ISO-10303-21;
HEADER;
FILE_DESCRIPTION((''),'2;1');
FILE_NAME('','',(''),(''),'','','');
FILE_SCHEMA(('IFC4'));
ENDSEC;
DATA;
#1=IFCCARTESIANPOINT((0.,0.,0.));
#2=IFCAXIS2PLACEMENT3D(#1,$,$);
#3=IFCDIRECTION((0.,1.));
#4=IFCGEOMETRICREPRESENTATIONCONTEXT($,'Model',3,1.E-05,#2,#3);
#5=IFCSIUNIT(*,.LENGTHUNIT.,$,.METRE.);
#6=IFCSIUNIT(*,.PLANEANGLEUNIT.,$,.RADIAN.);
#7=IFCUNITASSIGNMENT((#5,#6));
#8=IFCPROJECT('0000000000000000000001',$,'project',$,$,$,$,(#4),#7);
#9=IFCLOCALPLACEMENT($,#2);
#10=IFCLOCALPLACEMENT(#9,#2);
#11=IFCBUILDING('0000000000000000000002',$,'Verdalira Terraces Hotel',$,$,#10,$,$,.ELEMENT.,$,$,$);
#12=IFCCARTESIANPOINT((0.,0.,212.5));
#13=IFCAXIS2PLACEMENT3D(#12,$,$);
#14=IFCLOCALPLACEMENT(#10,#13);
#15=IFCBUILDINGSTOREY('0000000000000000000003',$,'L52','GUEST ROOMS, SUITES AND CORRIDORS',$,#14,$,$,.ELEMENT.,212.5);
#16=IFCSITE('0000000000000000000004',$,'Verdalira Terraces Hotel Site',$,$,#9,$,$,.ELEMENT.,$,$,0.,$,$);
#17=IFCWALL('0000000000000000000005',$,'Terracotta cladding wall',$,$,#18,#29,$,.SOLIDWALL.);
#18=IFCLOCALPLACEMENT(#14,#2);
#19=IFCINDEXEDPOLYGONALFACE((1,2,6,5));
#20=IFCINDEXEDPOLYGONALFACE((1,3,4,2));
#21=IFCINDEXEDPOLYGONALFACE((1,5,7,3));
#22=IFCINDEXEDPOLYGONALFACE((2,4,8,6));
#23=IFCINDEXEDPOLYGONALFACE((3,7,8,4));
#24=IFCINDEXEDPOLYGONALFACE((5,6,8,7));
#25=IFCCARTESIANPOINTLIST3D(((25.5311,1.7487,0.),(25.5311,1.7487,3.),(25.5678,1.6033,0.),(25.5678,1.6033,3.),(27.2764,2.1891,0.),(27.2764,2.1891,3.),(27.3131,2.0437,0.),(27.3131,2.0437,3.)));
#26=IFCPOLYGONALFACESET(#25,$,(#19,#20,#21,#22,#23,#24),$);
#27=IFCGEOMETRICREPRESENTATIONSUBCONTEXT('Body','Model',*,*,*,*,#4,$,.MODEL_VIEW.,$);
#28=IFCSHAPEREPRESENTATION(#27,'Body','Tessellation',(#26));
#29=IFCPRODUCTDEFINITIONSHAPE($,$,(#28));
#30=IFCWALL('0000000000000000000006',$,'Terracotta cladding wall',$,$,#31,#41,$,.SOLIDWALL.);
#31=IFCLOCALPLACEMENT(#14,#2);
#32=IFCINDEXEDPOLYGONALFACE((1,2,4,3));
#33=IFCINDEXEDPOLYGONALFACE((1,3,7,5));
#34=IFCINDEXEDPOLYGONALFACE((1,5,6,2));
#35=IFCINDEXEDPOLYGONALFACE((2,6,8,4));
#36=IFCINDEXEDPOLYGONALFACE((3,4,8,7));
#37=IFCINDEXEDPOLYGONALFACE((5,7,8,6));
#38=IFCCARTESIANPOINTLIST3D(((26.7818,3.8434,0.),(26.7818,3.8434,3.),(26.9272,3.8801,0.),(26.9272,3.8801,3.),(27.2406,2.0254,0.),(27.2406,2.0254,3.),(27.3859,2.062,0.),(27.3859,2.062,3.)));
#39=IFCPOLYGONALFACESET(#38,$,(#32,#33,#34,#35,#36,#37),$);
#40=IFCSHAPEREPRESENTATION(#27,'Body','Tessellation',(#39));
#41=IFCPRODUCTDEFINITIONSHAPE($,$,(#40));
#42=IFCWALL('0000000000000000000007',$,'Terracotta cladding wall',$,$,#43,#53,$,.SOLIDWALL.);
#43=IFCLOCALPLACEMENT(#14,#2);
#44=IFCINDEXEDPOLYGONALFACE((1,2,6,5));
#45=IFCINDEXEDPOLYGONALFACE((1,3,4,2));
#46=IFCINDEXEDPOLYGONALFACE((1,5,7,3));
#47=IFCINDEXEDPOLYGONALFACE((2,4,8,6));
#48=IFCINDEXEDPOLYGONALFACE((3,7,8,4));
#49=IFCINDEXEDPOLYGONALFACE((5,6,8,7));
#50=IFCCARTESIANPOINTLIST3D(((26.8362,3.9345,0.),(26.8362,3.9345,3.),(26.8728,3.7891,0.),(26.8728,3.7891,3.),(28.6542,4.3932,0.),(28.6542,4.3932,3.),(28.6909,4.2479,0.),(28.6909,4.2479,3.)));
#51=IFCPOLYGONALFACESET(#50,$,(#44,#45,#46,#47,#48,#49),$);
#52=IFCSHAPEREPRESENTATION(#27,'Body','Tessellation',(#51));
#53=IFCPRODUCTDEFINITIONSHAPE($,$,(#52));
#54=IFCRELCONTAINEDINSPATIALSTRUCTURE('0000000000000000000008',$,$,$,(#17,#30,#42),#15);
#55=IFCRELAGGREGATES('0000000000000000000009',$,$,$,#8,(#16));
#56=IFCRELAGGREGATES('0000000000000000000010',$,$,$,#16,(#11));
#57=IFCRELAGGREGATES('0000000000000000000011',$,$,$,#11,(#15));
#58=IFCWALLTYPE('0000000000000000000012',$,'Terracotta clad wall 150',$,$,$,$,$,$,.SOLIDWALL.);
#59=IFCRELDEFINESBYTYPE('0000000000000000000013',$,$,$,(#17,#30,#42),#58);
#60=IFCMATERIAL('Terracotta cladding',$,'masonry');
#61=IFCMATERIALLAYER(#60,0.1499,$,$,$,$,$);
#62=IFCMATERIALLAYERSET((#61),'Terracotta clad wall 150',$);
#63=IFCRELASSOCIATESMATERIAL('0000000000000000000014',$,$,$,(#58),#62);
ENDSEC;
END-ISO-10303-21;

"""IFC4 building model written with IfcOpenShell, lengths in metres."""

from ifc_helpers import new_model, si_unit, direction, frame, frame_2d, origin, place, context, subcontext, project, spatial, rectangle, extrude, material, layer, layer_set, type_object, element, save


model = new_model("IFC4")

# Units and contexts
model_context = context("Model", 3, precision=1e-05, world=origin(), true_north=direction((0.0, 1.0)))
body_context = subcontext(model_context, "Body", "Model", "MODEL_VIEW")
ifc_project = project(units=[si_unit("LENGTHUNIT", "METRE"), si_unit("PLANEANGLEUNIT", "RADIAN")], contexts=[model_context])

# Site, building, storey
site_placement = place(None, origin())
site = spatial("IfcSite", under=ifc_project, at=site_placement, Name="Verdalira Terraces Hotel Site", CompositionType="ELEMENT", RefElevation=0.0)
building_placement = place(site_placement, origin())
building = spatial("IfcBuilding", under=site, at=building_placement, Name="Verdalira Terraces Hotel", CompositionType="ELEMENT")
storey_placement = place(building_placement, frame((0.0, 0.0, 212.5)))
storey = spatial("IfcBuildingStorey", under=building, at=storey_placement, Name="L52", Description="GUEST ROOMS, SUITES AND CORRIDORS", CompositionType="ELEMENT", Elevation=212.5)

# Walls
ifc_material_1 = material(Name="Terracotta cladding", Category="masonry")
ifc_layer_1 = layer(ifc_material_1, 0.1499)
ifc_layer_set_1 = layer_set([ifc_layer_1], Name="Terracotta clad wall 150")
wall_type_1 = type_object("IfcWallType", Name="Terracotta clad wall 150", PredefinedType="SOLIDWALL", material=ifc_layer_set_1)
wall_1_placement = place(storey_placement, frame((25.5496, 1.676, 0.0), z_axis=(0.0, 0.0, 1.0), x_axis=(0.969606, 0.244673, 0.0)))
element("IfcWall", 1, at=wall_1_placement, inside=storey, type_object=wall_type_1, Name="Terracotta cladding wall", PredefinedType="SOLIDWALL", context=body_context, shape_type="SweptSolid", body=[
    extrude(rectangle(XDim=1.8, YDim=0.1499, at=frame_2d((0.8999, 0.0))), origin(), (0.0, 0.0, 1.0), 3.0),
])
for number, where, z_axis, x_axis, name in (
    (2, (27.3132, 2.0437, 0.0), (0.0, 0.0, 1.0), (-0.244649, 0.969612, 0.0), "Terracotta cladding wall"),
    (3, (26.8545, 3.8618, 0.0), (0.0, 0.0, 1.0), (0.969612, 0.244649, 0.0), "Terracotta cladding wall"),
):
    element("IfcWall", number, at=place(storey_placement, frame(where, z_axis=z_axis, x_axis=x_axis)), inside=storey, type_object=wall_type_1, Name=name, PredefinedType="SOLIDWALL", context=body_context, shape_type="SweptSolid", body=[
        extrude(rectangle(XDim=1.875, YDim=0.1499, at=frame_2d((0.9375, 0.0))), origin(), (0.0, 0.0, 1.0), 3.0),
    ])

save(model, "model.ifc")
